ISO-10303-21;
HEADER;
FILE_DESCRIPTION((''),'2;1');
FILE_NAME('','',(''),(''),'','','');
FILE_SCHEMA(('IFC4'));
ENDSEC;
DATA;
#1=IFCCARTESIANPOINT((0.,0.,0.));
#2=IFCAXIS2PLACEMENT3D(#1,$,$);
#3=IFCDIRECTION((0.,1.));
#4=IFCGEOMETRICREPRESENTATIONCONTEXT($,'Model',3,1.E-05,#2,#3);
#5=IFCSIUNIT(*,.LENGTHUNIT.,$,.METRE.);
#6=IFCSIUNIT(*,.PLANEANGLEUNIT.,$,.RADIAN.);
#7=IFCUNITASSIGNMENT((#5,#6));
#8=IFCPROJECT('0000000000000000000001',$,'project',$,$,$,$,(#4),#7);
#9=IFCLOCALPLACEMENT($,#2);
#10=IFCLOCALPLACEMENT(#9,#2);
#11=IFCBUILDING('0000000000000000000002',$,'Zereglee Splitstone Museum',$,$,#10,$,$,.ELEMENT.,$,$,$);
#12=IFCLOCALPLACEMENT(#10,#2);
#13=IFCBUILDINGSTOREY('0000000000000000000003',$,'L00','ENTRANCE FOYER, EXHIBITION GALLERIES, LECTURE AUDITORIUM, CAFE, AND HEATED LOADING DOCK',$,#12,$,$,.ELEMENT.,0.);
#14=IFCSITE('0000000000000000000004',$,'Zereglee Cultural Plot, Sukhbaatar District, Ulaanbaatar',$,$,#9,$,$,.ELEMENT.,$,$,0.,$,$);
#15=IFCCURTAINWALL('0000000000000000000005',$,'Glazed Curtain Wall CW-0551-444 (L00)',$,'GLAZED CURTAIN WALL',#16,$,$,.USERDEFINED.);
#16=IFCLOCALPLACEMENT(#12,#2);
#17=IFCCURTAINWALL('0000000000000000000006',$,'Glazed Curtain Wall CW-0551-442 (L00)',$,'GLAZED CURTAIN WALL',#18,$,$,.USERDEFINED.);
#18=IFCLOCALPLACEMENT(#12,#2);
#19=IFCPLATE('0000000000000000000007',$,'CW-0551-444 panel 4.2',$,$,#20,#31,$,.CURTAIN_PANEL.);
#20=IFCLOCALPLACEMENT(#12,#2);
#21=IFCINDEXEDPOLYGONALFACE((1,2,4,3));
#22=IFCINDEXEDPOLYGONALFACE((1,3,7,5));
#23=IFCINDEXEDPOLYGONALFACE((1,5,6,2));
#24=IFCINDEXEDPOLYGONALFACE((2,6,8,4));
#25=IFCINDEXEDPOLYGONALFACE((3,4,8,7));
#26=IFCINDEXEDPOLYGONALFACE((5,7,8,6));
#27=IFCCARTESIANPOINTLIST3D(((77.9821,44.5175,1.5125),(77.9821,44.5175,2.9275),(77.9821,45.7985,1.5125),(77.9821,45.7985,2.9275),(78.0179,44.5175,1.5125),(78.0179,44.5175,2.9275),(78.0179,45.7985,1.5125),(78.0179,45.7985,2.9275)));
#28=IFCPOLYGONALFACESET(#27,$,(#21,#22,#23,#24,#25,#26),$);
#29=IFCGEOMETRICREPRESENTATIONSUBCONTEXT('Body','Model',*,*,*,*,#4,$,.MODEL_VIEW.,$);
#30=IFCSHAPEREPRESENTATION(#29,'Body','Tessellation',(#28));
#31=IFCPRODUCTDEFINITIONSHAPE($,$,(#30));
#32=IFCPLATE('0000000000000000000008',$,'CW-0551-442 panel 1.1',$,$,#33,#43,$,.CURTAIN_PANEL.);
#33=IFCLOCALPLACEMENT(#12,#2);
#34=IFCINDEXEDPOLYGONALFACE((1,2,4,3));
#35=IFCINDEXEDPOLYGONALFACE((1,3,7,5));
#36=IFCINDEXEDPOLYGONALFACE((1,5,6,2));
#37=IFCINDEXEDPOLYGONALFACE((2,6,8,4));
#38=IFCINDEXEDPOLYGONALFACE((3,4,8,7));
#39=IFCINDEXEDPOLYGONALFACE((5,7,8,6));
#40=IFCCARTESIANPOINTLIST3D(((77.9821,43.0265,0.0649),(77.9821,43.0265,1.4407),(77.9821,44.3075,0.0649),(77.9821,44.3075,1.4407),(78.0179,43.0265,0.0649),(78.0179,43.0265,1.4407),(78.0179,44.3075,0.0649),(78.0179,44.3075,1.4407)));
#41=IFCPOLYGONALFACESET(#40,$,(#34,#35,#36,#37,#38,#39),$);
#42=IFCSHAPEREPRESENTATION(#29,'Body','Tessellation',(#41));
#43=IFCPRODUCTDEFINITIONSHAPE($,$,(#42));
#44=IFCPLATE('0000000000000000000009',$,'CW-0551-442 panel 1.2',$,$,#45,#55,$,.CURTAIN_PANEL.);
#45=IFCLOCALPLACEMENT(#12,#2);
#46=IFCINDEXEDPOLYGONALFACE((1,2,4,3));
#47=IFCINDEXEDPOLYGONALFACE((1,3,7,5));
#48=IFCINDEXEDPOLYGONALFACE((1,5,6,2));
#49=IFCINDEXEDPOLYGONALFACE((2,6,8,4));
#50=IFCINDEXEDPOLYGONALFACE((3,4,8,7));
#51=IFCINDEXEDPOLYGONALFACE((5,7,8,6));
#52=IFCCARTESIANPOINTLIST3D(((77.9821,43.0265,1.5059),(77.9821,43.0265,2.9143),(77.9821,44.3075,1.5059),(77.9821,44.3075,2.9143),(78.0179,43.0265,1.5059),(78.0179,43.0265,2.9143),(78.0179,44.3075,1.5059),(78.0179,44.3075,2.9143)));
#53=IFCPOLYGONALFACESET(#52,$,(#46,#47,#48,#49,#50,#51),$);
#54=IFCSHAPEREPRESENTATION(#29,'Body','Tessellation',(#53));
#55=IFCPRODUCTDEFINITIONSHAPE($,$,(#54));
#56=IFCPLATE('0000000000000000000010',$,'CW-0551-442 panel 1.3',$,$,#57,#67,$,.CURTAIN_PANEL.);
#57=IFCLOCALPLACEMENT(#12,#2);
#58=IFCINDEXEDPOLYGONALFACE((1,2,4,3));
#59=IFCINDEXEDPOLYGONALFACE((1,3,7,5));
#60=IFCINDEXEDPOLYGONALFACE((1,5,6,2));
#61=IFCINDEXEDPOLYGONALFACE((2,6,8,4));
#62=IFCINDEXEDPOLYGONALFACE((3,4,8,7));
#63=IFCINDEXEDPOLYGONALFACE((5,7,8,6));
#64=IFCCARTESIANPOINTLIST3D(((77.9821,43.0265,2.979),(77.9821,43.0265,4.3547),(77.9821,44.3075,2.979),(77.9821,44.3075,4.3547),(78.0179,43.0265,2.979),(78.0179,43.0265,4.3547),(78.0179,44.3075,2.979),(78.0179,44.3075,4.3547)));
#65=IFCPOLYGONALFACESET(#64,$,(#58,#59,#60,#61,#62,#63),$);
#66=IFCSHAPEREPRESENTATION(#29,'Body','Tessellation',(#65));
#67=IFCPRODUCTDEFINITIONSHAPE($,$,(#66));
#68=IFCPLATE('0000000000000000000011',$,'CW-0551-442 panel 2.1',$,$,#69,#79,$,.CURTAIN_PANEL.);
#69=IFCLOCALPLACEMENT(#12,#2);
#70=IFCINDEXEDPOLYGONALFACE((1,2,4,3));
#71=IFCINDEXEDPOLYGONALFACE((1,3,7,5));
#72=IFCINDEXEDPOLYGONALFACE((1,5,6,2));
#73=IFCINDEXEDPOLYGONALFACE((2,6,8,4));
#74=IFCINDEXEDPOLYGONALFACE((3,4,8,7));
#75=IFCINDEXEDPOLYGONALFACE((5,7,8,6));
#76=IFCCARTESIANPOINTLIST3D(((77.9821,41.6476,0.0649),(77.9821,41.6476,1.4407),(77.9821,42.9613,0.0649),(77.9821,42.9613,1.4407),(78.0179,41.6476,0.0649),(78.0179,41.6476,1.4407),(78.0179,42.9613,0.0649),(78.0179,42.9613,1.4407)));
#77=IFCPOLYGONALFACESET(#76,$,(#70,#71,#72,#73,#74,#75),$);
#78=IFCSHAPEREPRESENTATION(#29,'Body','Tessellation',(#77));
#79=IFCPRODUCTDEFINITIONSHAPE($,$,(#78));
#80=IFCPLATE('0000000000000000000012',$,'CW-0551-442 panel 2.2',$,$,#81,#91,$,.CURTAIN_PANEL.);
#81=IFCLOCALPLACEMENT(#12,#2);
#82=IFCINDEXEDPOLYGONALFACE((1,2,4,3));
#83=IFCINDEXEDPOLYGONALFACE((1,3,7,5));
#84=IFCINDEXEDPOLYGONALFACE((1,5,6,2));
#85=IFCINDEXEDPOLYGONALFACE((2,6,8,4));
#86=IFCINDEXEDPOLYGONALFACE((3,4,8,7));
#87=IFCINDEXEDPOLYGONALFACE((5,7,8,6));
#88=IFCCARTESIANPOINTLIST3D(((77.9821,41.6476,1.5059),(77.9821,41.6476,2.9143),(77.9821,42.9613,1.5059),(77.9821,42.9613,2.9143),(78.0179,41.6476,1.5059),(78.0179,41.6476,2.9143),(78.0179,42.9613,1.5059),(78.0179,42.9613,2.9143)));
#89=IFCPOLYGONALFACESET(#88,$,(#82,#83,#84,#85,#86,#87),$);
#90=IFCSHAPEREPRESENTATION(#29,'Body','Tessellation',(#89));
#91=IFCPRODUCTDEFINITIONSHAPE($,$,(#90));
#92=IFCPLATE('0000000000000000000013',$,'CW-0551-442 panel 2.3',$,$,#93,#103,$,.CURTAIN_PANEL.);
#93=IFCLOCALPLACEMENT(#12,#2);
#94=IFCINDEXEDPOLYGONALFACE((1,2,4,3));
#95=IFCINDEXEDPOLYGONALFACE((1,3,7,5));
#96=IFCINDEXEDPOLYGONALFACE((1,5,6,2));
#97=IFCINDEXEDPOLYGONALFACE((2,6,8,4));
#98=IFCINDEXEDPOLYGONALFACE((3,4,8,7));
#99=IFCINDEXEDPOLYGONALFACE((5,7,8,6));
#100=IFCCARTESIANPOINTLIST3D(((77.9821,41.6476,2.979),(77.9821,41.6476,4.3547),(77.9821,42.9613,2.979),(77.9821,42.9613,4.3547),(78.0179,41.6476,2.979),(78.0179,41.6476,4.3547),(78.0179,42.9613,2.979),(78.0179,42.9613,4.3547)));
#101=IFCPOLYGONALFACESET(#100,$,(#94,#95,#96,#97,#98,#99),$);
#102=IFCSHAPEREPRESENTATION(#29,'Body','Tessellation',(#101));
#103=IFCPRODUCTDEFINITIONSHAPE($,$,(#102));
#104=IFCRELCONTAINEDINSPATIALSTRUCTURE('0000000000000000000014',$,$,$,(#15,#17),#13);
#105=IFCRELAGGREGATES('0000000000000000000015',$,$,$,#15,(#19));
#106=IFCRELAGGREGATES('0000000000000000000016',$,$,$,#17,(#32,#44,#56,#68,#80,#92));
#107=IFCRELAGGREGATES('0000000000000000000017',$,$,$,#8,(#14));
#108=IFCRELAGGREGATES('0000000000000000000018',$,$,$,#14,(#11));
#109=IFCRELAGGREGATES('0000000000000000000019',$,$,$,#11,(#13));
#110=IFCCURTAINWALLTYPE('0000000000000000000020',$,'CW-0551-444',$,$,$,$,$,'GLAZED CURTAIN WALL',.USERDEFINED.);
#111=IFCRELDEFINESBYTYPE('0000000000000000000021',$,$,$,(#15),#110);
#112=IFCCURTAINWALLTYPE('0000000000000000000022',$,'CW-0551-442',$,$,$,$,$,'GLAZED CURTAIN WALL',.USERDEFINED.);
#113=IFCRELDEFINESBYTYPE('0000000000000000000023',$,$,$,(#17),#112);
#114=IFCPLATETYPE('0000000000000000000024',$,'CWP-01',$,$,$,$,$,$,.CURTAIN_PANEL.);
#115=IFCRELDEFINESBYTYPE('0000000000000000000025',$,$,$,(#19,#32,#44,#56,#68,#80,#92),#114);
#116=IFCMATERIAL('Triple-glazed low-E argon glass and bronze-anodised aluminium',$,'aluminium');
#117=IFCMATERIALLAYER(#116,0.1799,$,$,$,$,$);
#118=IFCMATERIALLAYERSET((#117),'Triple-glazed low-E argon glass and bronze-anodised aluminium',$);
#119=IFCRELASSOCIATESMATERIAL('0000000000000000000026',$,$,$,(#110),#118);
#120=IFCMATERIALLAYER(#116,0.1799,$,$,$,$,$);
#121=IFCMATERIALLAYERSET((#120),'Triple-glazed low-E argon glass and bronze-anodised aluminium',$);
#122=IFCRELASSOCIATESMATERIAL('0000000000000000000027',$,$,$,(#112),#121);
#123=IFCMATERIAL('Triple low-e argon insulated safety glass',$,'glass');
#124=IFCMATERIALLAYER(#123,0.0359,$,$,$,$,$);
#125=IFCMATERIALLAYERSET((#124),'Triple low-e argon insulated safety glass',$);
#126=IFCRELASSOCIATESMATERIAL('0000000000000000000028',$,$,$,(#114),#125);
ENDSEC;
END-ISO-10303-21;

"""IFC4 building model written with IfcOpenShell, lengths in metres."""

from ifc_helpers import new_model, si_unit, direction, frame, origin, origin_2d, place, context, subcontext, project, spatial, rectangle, extrude, material, layer, layer_set, type_object, element, aggregate, save


model = new_model("IFC4")

# Units and contexts
model_context = context("Model", 3, precision=1e-05, world=origin(), true_north=direction((0.0, 1.0)))
body_context = subcontext(model_context, "Body", "Model", "MODEL_VIEW")
ifc_project = project(units=[si_unit("LENGTHUNIT", "METRE"), si_unit("PLANEANGLEUNIT", "RADIAN")], contexts=[model_context])

# Site, building, storey
site_placement = place(None, origin())
site = spatial("IfcSite", under=ifc_project, at=site_placement, Name="Zereglee Cultural Plot, Sukhbaatar District, Ulaanbaatar", CompositionType="ELEMENT", RefElevation=0.0)
building_placement = place(site_placement, origin())
building = spatial("IfcBuilding", under=site, at=building_placement, Name="Zereglee Splitstone Museum", CompositionType="ELEMENT")
storey_placement = place(building_placement, origin())
storey = spatial("IfcBuildingStorey", under=building, at=storey_placement, Name="L00", Description="ENTRANCE FOYER, EXHIBITION GALLERIES, LECTURE AUDITORIUM, CAFE, AND HEATED LOADING DOCK", CompositionType="ELEMENT", Elevation=0.0)

# Curtain wall
ifc_material_1 = material(Name="Triple-glazed low-E argon glass and bronze-anodised aluminium", Category="aluminium")
ifc_layer_1 = layer(ifc_material_1, 0.1799)
ifc_layer_set_1 = layer_set([ifc_layer_1], Name="Triple-glazed low-E argon glass and bronze-anodised aluminium")
curtain_wall_type_1 = type_object("IfcCurtainWallType", Name="CW-0551-444", ElementType="GLAZED CURTAIN WALL", PredefinedType="USERDEFINED", material=ifc_layer_set_1)
curtain_wall_1_placement = place(storey_placement, origin())
curtain_wall_1 = element("IfcCurtainWall", 1, at=curtain_wall_1_placement, inside=storey, type_object=curtain_wall_type_1, Name="Glazed Curtain Wall CW-0551-444 (L00)", ObjectType="GLAZED CURTAIN WALL", PredefinedType="USERDEFINED")

# Curtain wall
ifc_layer_2 = layer(ifc_material_1, 0.1799)
ifc_layer_set_2 = layer_set([ifc_layer_2], Name="Triple-glazed low-E argon glass and bronze-anodised aluminium")
curtain_wall_type_2 = type_object("IfcCurtainWallType", Name="CW-0551-442", ElementType="GLAZED CURTAIN WALL", PredefinedType="USERDEFINED", material=ifc_layer_set_2)
curtain_wall_2_placement = place(storey_placement, origin())
curtain_wall_2 = element("IfcCurtainWall", 2, at=curtain_wall_2_placement, inside=storey, type_object=curtain_wall_type_2, Name="Glazed Curtain Wall CW-0551-442 (L00)", ObjectType="GLAZED CURTAIN WALL", PredefinedType="USERDEFINED")

# Plates
ifc_material_2 = material(Name="Triple low-e argon insulated safety glass", Category="glass")
ifc_layer_3 = layer(ifc_material_2, 0.0359)
ifc_layer_set_3 = layer_set([ifc_layer_3], Name="Triple low-e argon insulated safety glass")
plate_type = type_object("IfcPlateType", Name="CWP-01", PredefinedType="CURTAIN_PANEL", material=ifc_layer_set_3)
plate_1_placement = place(storey_placement, frame((78.0, 45.158, 1.5125), z_axis=(0.0, 0.0, 1.0), x_axis=(0.0, -1.0, 0.0)))
plate_1 = element("IfcPlate", 3, at=plate_1_placement, type_object=plate_type, Name="CW-0551-444 panel 4.2", PredefinedType="CURTAIN_PANEL", context=body_context, shape_type="SweptSolid", body=[
    extrude(rectangle(XDim=1.281, YDim=0.0359, at=origin_2d()), origin(), (0.0, 0.0, 1.0), 1.415),
])
aggregate(curtain_wall_1, [plate_1])
plate_2_placement = place(storey_placement, frame((78.0, 43.667, 0.0649), z_axis=(0.0, 0.0, 1.0), x_axis=(0.0, -1.0, 0.0)))
plate_2 = element("IfcPlate", 4, at=plate_2_placement, type_object=plate_type, Name="CW-0551-442 panel 1.1", PredefinedType="CURTAIN_PANEL", context=body_context, shape_type="SweptSolid", body=[
    extrude(rectangle(XDim=1.281, YDim=0.0359, at=origin_2d()), origin(), (0.0, 0.0, 1.0), 1.3757),
])
plate_3_placement = place(storey_placement, frame((78.0, 43.667, 1.5059), z_axis=(0.0, 0.0, 1.0), x_axis=(0.0, -1.0, 0.0)))
plate_3 = element("IfcPlate", 5, at=plate_3_placement, type_object=plate_type, Name="CW-0551-442 panel 1.2", PredefinedType="CURTAIN_PANEL", context=body_context, shape_type="SweptSolid", body=[
    extrude(rectangle(XDim=1.281, YDim=0.0359, at=origin_2d()), origin(), (0.0, 0.0, 1.0), 1.4084),
])
plate_4_placement = place(storey_placement, frame((78.0, 43.667, 2.979), z_axis=(0.0, 0.0, 1.0), x_axis=(0.0, -1.0, 0.0)))
plate_4 = element("IfcPlate", 6, at=plate_4_placement, type_object=plate_type, Name="CW-0551-442 panel 1.3", PredefinedType="CURTAIN_PANEL", context=body_context, shape_type="SweptSolid", body=[
    extrude(rectangle(XDim=1.281, YDim=0.0359, at=origin_2d()), origin(), (0.0, 0.0, 1.0), 1.3757),
])
plate_5_placement = place(storey_placement, frame((78.0, 42.3044, 0.0649), z_axis=(0.0, 0.0, 1.0), x_axis=(0.0, -1.0, 0.0)))
plate_5 = element("IfcPlate", 7, at=plate_5_placement, type_object=plate_type, Name="CW-0551-442 panel 2.1", PredefinedType="CURTAIN_PANEL", context=body_context, shape_type="SweptSolid", body=[
    extrude(rectangle(XDim=1.3137, YDim=0.0359, at=origin_2d()), origin(), (0.0, 0.0, 1.0), 1.3757),
])
plate_6_placement = place(storey_placement, frame((78.0, 42.3044, 1.5059), z_axis=(0.0, 0.0, 1.0), x_axis=(0.0, -1.0, 0.0)))
plate_6 = element("IfcPlate", 8, at=plate_6_placement, type_object=plate_type, Name="CW-0551-442 panel 2.2", PredefinedType="CURTAIN_PANEL", context=body_context, shape_type="SweptSolid", body=[
    extrude(rectangle(XDim=1.3137, YDim=0.0359, at=origin_2d()), origin(), (0.0, 0.0, 1.0), 1.4084),
])
plate_7_placement = place(storey_placement, frame((78.0, 42.3044, 2.979), z_axis=(0.0, 0.0, 1.0), x_axis=(0.0, -1.0, 0.0)))
plate_7 = element("IfcPlate", 9, at=plate_7_placement, type_object=plate_type, Name="CW-0551-442 panel 2.3", PredefinedType="CURTAIN_PANEL", context=body_context, shape_type="SweptSolid", body=[
    extrude(rectangle(XDim=1.3137, YDim=0.0359, at=origin_2d()), origin(), (0.0, 0.0, 1.0), 1.3757),
])
aggregate(curtain_wall_2, [plate_2, plate_3, plate_4, plate_5, plate_6, plate_7])

save(model, "model.ifc")
